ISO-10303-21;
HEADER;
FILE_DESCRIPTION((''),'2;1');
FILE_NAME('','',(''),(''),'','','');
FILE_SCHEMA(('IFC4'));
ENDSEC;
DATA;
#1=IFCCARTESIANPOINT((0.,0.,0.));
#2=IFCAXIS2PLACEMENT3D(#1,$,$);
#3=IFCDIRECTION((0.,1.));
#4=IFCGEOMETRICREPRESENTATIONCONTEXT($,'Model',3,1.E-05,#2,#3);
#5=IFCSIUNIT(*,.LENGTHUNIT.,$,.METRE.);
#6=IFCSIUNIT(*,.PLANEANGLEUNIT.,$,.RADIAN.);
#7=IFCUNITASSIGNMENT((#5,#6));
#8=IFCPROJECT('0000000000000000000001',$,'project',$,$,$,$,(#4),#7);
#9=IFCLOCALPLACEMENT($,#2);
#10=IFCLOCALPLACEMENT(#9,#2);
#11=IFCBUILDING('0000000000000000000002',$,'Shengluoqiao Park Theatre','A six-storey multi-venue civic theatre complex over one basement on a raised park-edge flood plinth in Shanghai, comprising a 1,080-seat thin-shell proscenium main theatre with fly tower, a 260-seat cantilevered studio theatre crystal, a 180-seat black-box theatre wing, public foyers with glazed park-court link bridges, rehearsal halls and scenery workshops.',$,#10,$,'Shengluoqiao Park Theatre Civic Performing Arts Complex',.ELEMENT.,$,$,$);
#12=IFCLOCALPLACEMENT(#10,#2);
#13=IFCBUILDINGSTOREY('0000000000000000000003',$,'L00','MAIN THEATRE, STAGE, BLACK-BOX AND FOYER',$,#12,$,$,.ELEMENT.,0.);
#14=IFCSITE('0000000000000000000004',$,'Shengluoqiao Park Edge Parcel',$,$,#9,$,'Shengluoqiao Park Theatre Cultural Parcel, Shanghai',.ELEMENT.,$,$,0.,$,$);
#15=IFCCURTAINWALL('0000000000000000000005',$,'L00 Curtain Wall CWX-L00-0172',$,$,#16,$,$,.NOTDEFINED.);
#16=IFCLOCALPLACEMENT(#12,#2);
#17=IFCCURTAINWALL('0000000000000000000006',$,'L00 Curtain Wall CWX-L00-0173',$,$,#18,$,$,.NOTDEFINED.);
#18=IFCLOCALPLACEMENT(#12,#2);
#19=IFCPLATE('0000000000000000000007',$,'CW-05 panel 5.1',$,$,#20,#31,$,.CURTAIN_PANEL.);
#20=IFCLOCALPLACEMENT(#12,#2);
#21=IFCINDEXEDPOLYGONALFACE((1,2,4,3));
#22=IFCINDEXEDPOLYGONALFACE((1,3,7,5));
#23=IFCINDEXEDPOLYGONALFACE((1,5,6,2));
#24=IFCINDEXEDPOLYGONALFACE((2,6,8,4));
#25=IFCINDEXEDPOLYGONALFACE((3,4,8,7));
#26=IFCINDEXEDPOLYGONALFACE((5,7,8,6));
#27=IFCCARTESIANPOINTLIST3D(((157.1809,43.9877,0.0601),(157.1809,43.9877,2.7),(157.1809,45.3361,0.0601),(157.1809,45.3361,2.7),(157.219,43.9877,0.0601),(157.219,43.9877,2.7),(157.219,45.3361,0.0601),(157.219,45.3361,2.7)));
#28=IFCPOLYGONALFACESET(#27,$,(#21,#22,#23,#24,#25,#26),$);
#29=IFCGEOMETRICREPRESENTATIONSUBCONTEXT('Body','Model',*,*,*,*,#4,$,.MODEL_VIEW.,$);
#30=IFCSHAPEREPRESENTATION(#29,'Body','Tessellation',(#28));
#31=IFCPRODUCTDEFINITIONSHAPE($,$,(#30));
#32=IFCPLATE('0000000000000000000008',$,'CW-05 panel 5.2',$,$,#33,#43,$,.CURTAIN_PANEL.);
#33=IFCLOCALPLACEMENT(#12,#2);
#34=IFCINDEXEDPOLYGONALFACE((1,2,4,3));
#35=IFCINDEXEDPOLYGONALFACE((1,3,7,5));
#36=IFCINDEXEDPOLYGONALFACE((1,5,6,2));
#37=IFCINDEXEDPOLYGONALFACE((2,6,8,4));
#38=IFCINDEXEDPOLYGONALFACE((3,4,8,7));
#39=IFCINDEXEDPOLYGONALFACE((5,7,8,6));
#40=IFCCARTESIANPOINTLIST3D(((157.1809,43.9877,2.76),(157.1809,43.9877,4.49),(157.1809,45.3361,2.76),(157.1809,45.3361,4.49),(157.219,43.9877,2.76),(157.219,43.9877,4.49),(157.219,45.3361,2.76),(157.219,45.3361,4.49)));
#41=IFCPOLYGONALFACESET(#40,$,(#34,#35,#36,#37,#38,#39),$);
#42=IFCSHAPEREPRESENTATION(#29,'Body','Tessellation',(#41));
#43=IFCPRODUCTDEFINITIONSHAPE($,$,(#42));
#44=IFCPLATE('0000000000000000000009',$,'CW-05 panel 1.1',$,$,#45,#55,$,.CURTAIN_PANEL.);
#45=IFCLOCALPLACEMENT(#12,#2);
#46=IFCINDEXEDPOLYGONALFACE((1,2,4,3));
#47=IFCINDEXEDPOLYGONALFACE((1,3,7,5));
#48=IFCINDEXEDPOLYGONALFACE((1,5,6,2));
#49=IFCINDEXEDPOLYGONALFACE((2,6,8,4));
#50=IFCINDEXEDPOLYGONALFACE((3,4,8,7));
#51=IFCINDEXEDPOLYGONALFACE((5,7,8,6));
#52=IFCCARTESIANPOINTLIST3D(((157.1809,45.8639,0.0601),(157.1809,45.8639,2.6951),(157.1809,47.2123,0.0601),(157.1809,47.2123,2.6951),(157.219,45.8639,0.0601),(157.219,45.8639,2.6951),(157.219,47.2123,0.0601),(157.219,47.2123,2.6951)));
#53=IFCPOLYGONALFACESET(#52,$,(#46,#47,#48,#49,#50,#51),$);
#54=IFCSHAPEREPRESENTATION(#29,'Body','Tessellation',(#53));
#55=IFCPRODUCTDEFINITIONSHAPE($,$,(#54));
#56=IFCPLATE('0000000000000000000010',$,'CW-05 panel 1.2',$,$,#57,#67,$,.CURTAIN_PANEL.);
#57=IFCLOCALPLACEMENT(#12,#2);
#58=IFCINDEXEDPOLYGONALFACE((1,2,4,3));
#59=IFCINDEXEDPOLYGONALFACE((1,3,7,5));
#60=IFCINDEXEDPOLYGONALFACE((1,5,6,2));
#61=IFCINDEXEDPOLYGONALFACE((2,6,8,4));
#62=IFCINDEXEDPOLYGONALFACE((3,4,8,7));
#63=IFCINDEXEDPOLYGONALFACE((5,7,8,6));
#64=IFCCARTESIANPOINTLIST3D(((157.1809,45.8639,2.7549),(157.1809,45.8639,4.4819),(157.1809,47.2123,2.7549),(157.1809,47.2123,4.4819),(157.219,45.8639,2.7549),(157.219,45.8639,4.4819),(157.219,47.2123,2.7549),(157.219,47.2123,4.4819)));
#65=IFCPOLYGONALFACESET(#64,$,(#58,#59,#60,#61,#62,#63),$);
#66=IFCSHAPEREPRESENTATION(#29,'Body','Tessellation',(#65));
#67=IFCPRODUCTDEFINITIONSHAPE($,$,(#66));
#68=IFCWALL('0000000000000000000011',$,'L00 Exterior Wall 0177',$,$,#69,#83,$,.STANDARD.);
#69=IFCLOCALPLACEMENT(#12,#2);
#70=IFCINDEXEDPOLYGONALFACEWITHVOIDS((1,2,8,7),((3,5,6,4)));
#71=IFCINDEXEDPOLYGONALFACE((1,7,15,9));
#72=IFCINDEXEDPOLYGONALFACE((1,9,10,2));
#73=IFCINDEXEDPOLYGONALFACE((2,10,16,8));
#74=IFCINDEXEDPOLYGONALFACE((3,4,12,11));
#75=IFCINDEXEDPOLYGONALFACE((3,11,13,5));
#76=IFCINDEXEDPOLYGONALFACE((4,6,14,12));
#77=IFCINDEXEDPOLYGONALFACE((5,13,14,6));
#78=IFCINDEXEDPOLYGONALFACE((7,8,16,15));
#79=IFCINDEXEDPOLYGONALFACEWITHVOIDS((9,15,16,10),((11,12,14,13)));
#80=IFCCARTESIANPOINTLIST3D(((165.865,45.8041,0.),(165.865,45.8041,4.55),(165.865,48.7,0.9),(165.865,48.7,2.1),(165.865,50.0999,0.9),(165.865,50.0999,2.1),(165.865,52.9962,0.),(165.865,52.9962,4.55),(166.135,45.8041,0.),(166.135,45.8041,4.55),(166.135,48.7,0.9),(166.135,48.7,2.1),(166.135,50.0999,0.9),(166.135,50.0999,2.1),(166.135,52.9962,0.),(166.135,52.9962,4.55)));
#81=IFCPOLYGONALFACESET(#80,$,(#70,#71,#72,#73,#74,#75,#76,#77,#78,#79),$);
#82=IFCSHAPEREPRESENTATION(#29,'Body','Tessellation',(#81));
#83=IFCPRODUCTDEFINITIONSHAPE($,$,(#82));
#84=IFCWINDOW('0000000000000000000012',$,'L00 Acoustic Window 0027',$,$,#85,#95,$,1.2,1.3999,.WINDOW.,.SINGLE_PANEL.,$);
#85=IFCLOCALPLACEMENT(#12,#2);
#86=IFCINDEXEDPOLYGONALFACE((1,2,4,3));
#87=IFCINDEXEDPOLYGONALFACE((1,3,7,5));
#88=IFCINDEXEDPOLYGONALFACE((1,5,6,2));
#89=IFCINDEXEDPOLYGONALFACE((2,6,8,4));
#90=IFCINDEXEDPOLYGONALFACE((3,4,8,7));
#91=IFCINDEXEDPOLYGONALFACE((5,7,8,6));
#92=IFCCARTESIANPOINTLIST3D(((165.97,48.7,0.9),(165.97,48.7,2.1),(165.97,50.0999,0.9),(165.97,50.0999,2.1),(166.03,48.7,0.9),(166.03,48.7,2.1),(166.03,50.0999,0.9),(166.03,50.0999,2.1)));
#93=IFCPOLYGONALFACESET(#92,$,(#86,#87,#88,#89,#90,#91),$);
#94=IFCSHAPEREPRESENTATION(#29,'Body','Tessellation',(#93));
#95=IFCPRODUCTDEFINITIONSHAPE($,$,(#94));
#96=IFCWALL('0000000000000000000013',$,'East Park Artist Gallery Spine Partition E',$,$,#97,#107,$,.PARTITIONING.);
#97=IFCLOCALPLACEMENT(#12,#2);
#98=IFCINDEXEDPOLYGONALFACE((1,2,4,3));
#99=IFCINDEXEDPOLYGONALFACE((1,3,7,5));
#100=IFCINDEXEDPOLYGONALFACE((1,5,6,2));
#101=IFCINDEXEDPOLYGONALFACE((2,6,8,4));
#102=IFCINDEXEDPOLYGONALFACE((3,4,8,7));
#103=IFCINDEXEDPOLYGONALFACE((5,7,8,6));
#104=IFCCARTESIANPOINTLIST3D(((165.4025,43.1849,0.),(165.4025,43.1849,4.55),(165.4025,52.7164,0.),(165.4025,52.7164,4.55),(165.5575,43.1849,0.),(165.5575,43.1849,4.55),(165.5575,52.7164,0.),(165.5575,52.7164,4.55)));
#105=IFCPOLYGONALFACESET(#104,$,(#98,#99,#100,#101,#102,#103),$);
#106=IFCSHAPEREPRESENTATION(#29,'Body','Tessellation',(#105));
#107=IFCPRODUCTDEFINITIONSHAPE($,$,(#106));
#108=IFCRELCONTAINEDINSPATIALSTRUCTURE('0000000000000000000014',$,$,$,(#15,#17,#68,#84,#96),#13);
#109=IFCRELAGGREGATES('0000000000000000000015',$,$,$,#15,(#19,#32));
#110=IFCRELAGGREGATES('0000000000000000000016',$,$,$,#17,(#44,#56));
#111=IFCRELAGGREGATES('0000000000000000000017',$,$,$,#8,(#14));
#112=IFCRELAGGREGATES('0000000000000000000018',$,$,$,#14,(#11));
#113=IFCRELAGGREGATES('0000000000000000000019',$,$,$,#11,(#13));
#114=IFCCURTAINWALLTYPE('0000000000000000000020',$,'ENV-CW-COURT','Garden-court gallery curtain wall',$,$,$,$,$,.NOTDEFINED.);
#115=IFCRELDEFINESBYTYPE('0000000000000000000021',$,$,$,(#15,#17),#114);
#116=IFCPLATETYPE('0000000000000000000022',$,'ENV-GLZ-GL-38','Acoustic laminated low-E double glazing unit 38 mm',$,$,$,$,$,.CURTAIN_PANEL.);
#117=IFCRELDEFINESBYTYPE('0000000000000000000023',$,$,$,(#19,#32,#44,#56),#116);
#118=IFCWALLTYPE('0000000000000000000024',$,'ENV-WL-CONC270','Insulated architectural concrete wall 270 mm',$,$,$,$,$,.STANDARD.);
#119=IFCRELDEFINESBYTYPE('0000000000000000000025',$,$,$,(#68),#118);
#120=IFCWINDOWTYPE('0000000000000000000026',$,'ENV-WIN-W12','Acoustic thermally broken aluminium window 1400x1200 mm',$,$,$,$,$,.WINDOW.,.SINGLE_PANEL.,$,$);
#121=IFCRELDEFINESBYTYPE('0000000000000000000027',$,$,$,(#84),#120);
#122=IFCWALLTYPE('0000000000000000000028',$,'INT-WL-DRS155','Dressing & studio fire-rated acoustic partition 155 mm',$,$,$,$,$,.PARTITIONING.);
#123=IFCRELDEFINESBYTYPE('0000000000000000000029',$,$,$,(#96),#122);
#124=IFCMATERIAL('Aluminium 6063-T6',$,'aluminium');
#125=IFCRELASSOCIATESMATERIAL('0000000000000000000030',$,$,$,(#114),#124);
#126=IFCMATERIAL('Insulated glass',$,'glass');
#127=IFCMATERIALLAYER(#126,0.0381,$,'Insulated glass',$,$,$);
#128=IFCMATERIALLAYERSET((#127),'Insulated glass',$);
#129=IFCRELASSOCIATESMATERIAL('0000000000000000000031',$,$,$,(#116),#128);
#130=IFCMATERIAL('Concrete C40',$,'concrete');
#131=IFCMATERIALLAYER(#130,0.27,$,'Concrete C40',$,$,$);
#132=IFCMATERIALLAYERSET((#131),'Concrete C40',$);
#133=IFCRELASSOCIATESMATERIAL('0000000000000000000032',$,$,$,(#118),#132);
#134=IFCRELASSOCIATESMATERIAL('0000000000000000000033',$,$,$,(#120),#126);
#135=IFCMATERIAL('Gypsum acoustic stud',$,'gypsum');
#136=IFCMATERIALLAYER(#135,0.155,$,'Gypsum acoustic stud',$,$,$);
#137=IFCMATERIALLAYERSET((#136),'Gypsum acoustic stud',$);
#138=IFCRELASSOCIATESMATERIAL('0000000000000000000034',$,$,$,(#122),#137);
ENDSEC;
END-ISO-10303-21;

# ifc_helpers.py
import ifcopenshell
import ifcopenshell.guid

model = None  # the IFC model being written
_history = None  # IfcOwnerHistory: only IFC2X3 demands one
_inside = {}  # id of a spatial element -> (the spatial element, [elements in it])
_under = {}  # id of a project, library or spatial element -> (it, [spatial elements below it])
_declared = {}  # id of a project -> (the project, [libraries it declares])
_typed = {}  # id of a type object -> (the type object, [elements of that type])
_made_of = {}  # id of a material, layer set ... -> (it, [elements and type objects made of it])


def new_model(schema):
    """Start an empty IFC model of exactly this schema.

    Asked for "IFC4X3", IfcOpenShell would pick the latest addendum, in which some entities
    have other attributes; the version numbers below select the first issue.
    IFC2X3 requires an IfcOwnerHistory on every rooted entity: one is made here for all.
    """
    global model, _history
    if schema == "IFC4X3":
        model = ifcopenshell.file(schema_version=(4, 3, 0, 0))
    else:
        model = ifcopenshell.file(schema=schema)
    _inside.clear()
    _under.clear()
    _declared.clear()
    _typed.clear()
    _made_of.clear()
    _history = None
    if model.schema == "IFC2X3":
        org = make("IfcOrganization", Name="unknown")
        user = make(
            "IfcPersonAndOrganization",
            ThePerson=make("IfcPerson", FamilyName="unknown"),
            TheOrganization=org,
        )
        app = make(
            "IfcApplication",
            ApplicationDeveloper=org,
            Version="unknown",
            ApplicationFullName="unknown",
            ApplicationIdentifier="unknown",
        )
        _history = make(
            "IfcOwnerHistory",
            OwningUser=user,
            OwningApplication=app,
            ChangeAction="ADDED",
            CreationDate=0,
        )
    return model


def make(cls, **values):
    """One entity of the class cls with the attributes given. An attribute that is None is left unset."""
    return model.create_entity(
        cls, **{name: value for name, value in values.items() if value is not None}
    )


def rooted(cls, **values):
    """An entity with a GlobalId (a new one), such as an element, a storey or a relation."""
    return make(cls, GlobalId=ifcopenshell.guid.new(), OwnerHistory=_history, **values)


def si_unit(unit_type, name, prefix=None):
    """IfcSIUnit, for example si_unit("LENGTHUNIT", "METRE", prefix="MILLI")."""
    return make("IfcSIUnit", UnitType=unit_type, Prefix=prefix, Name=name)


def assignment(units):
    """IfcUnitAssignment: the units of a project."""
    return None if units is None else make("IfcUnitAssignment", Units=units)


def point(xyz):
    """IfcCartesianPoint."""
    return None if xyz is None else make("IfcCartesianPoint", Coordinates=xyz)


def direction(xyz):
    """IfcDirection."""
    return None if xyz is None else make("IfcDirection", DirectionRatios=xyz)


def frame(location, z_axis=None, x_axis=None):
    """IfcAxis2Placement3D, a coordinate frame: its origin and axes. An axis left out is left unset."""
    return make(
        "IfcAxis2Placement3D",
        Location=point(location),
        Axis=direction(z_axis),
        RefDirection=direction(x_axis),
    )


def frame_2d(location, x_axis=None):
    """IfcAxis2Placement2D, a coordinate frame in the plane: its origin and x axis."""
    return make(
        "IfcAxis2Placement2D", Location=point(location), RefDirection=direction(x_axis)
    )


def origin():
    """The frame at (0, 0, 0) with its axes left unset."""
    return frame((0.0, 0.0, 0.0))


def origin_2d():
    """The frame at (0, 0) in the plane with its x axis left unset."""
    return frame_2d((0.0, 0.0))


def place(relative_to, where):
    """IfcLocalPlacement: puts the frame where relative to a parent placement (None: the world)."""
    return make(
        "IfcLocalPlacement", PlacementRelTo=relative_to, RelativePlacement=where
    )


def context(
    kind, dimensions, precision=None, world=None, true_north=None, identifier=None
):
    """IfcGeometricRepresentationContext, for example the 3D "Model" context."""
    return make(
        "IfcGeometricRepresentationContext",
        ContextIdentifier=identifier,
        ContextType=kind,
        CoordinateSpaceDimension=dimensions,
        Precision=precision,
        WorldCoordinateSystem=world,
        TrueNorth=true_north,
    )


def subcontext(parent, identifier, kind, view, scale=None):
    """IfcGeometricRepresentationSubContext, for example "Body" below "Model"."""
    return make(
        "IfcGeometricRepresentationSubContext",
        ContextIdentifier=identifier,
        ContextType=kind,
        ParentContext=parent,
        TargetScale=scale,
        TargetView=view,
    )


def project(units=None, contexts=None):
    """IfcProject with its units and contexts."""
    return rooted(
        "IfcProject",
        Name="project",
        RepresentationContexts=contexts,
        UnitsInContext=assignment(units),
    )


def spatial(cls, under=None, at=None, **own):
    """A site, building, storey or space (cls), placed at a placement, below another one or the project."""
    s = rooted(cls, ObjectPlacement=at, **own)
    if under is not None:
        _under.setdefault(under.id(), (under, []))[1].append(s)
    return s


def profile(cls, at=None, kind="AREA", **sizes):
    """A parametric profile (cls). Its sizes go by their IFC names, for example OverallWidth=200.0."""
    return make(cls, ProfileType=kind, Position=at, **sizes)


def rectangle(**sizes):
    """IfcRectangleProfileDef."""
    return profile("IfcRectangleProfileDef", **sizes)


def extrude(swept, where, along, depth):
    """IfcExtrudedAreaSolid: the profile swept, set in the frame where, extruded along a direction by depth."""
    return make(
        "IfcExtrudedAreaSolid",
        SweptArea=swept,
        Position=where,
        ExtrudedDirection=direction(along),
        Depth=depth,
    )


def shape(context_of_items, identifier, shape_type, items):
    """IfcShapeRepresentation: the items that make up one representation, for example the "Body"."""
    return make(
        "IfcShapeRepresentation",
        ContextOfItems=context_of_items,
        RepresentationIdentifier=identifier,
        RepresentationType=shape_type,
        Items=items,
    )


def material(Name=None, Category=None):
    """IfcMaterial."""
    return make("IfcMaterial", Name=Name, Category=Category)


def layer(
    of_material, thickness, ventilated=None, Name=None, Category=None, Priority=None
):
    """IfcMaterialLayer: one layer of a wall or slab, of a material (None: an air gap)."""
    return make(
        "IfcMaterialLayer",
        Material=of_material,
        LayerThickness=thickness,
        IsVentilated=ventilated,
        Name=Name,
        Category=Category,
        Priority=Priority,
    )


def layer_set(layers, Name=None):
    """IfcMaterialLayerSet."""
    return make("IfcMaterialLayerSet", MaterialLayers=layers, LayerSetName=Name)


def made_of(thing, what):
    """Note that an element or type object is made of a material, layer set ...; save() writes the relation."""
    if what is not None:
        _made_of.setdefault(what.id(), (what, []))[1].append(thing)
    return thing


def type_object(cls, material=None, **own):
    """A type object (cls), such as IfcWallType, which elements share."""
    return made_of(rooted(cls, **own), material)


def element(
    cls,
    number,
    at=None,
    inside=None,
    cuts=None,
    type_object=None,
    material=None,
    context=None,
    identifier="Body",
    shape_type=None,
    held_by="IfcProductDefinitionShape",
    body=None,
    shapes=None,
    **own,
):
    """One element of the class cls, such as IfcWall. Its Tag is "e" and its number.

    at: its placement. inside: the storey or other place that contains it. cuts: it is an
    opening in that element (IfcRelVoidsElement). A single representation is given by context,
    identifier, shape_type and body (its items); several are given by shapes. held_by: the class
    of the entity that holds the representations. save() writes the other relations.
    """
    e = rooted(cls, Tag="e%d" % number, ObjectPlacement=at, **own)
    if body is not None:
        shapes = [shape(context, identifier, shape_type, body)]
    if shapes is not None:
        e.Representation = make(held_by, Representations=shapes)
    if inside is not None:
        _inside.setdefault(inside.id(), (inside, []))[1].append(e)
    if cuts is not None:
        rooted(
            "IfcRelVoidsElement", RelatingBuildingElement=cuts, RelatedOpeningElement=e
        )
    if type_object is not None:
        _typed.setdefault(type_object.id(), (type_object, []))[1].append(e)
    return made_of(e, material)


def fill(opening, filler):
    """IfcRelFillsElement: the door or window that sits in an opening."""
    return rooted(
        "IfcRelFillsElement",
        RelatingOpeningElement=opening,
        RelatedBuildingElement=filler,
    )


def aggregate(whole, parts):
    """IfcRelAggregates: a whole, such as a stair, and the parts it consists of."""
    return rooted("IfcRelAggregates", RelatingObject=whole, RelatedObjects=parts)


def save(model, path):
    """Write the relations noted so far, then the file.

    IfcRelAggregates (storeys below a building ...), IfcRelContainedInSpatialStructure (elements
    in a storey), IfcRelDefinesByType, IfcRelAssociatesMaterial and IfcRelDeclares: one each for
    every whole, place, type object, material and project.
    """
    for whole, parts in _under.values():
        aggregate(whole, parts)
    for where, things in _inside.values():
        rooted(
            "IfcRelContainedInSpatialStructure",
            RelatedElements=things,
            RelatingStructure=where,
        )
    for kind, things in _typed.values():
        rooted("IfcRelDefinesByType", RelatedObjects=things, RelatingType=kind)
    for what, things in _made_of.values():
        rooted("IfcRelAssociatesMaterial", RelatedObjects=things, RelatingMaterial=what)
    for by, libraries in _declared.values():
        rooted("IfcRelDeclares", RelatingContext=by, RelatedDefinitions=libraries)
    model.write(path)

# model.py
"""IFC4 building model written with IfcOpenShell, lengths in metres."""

from ifc_helpers import new_model, si_unit, direction, frame, frame_2d, origin, origin_2d, place, context, subcontext, project, spatial, rectangle, extrude, material, layer, layer_set, type_object, element, fill, aggregate, save


model = new_model("IFC4")

# Units and contexts
model_context = context("Model", 3, precision=1e-05, world=origin(), true_north=direction((0.0, 1.0)))
body_context = subcontext(model_context, "Body", "Model", "MODEL_VIEW")
ifc_project = project(units=[si_unit("LENGTHUNIT", "METRE"), si_unit("PLANEANGLEUNIT", "RADIAN")], contexts=[model_context])

# Site, building, storey
site_placement = place(None, origin())
site = spatial("IfcSite", under=ifc_project, at=site_placement, Name="Shengluoqiao Park Edge Parcel", LongName="Shengluoqiao Park Theatre Cultural Parcel, Shanghai", CompositionType="ELEMENT", RefElevation=0.0)
building_placement = place(site_placement, origin())
building = spatial("IfcBuilding", under=site, at=building_placement, Name="Shengluoqiao Park Theatre", Description="A six-storey multi-venue civic theatre complex over one basement on a raised park-edge flood plinth in Shanghai, comprising a 1,080-seat thin-shell proscenium main theatre with fly tower, a 260-seat cantilevered studio theatre crystal, a 180-seat black-box theatre wing, public foyers with glazed park-court link bridges, rehearsal halls and scenery workshops.", LongName="Shengluoqiao Park Theatre Civic Performing Arts Complex", CompositionType="ELEMENT")
storey_placement = place(building_placement, origin())
storey = spatial("IfcBuildingStorey", under=building, at=storey_placement, Name="L00", Description="MAIN THEATRE, STAGE, BLACK-BOX AND FOYER", CompositionType="ELEMENT", Elevation=0.0)

# Shared definitions
ifc_material_1 = material(Name="Concrete C40", Category="concrete")

# Curtain walls
ifc_material_2 = material(Name="Aluminium 6063-T6", Category="aluminium")
curtain_wall_type = type_object("IfcCurtainWallType", Name="ENV-CW-COURT", Description="Garden-court gallery curtain wall", PredefinedType="NOTDEFINED", material=ifc_material_2)
curtain_wall_1_placement = place(storey_placement, origin())
curtain_wall_1 = element("IfcCurtainWall", 1, at=curtain_wall_1_placement, inside=storey, type_object=curtain_wall_type, Name="L00 Curtain Wall CWX-L00-0172", PredefinedType="NOTDEFINED")
curtain_wall_2_placement = place(storey_placement, origin())
curtain_wall_2 = element("IfcCurtainWall", 2, at=curtain_wall_2_placement, inside=storey, type_object=curtain_wall_type, Name="L00 Curtain Wall CWX-L00-0173", PredefinedType="NOTDEFINED")

# Plates
ifc_material_3 = material(Name="Insulated glass", Category="glass")
ifc_layer_1 = layer(ifc_material_3, 0.0381, Name="Insulated glass")
ifc_layer_set_1 = layer_set([ifc_layer_1], Name="Insulated glass")
plate_type = type_object("IfcPlateType", Name="ENV-GLZ-GL-38", Description="Acoustic laminated low-E double glazing unit 38 mm", PredefinedType="CURTAIN_PANEL", material=ifc_layer_set_1)
plate_1_placement = place(storey_placement, frame((157.2, 44.6619, 0.0601), z_axis=(0.0, 0.0, 1.0), x_axis=(0.0, 1.0, 0.0)))
plate_1 = element("IfcPlate", 3, at=plate_1_placement, type_object=plate_type, Name="CW-05 panel 5.1", PredefinedType="CURTAIN_PANEL", context=body_context, shape_type="SweptSolid", body=[
    extrude(rectangle(XDim=1.3484, YDim=0.0381, at=origin_2d()), origin(), (0.0, 0.0, 1.0), 2.6399),
])
plate_2_placement = place(storey_placement, frame((157.2, 44.6619, 2.76), z_axis=(0.0, 0.0, 1.0), x_axis=(0.0, 1.0, 0.0)))
plate_2 = element("IfcPlate", 4, at=plate_2_placement, type_object=plate_type, Name="CW-05 panel 5.2", PredefinedType="CURTAIN_PANEL", context=body_context, shape_type="SweptSolid", body=[
    extrude(rectangle(XDim=1.3484, YDim=0.0381, at=origin_2d()), origin(), (0.0, 0.0, 1.0), 1.73),
])
aggregate(curtain_wall_1, [plate_1, plate_2])
plate_3_placement = place(storey_placement, frame((157.2, 46.5381, 0.0601), z_axis=(0.0, 0.0, 1.0), x_axis=(0.0, 1.0, 0.0)))
plate_3 = element("IfcPlate", 5, at=plate_3_placement, type_object=plate_type, Name="CW-05 panel 1.1", PredefinedType="CURTAIN_PANEL", context=body_context, shape_type="SweptSolid", body=[
    extrude(rectangle(XDim=1.3484, YDim=0.0381, at=origin_2d()), origin(), (0.0, 0.0, 1.0), 2.635),
])
plate_4_placement = place(storey_placement, frame((157.2, 46.5381, 2.7549), z_axis=(0.0, 0.0, 1.0), x_axis=(0.0, 1.0, 0.0)))
plate_4 = element("IfcPlate", 6, at=plate_4_placement, type_object=plate_type, Name="CW-05 panel 1.2", PredefinedType="CURTAIN_PANEL", context=body_context, shape_type="SweptSolid", body=[
    extrude(rectangle(XDim=1.3484, YDim=0.0381, at=origin_2d()), origin(), (0.0, 0.0, 1.0), 1.7271),
])
aggregate(curtain_wall_2, [plate_3, plate_4])

# Wall, opening, window
ifc_layer_2 = layer(ifc_material_1, 0.27, Name="Concrete C40")
ifc_layer_set_2 = layer_set([ifc_layer_2], Name="Concrete C40")
wall_type_1 = type_object("IfcWallType", Name="ENV-WL-CONC270", Description="Insulated architectural concrete wall 270 mm", PredefinedType="STANDARD", material=ifc_layer_set_2)
wall_1_placement = place(storey_placement, frame((166.0, 45.804, 0.0), z_axis=(0.0, 0.0, 1.0), x_axis=(0.0, 1.0, 0.0)))
wall_1 = element("IfcWall", 7, at=wall_1_placement, inside=storey, type_object=wall_type_1, Name="L00 Exterior Wall 0177", PredefinedType="STANDARD", context=body_context, shape_type="SweptSolid", body=[
    extrude(rectangle(XDim=7.1921, YDim=0.27, at=frame_2d((3.5962, 0.0))), origin(), (0.0, 0.0, 1.0), 4.55),
])
opening_placement = place(wall_1_placement, frame((2.896, 0.0, 0.8999)))
opening = element("IfcOpeningElement", 8, at=opening_placement, cuts=wall_1, PredefinedType="OPENING", context=body_context, shape_type="SweptSolid", body=[
    extrude(rectangle(XDim=1.3999, YDim=1.2, at=frame_2d((0.7, 0.6001))), frame((0.0, 0.145, 0.0), z_axis=(0.0, -1.0, 0.0), x_axis=(1.0, 0.0, 0.0)), (0.0, 0.0, 1.0), 0.29),
])
window_type = type_object("IfcWindowType", Name="ENV-WIN-W12", Description="Acoustic thermally broken aluminium window 1400x1200 mm", PartitioningType="SINGLE_PANEL", PredefinedType="WINDOW", material=ifc_material_3)
window_placement = place(opening_placement, origin())
window = element("IfcWindow", 9, at=window_placement, inside=storey, type_object=window_type, Name="L00 Acoustic Window 0027", OverallHeight=1.2, OverallWidth=1.3999, PartitioningType="SINGLE_PANEL", PredefinedType="WINDOW", context=body_context, shape_type="SweptSolid", body=[
    extrude(rectangle(XDim=1.3999, YDim=1.2, at=frame_2d((0.7, 0.6001))), frame((0.0, 0.03, 0.0), z_axis=(0.0, -1.0, 0.0), x_axis=(1.0, 0.0, 0.0)), (0.0, 0.0, 1.0), 0.0601),
])
fill(opening, window)

# Wall
ifc_material_4 = material(Name="Gypsum acoustic stud", Category="gypsum")
ifc_layer_3 = layer(ifc_material_4, 0.155, Name="Gypsum acoustic stud")
ifc_layer_set_3 = layer_set([ifc_layer_3], Name="Gypsum acoustic stud")
wall_type_2 = type_object("IfcWallType", Name="INT-WL-DRS155", Description="Dressing & studio fire-rated acoustic partition 155 mm", PredefinedType="PARTITIONING", material=ifc_layer_set_3)
wall_2_placement = place(storey_placement, frame((165.48, 43.1851, 0.0), z_axis=(0.0, 0.0, 1.0), x_axis=(0.0, 1.0, 0.0)))
element("IfcWall", 10, at=wall_2_placement, inside=storey, type_object=wall_type_2, Name="East Park Artist Gallery Spine Partition E", PredefinedType="PARTITIONING", context=body_context, shape_type="SweptSolid", body=[
    extrude(rectangle(XDim=9.5315, YDim=0.155, at=frame_2d((4.7656, 0.0))), origin(), (0.0, 0.0, 1.0), 4.55),
])

save(model, "model.ifc")
